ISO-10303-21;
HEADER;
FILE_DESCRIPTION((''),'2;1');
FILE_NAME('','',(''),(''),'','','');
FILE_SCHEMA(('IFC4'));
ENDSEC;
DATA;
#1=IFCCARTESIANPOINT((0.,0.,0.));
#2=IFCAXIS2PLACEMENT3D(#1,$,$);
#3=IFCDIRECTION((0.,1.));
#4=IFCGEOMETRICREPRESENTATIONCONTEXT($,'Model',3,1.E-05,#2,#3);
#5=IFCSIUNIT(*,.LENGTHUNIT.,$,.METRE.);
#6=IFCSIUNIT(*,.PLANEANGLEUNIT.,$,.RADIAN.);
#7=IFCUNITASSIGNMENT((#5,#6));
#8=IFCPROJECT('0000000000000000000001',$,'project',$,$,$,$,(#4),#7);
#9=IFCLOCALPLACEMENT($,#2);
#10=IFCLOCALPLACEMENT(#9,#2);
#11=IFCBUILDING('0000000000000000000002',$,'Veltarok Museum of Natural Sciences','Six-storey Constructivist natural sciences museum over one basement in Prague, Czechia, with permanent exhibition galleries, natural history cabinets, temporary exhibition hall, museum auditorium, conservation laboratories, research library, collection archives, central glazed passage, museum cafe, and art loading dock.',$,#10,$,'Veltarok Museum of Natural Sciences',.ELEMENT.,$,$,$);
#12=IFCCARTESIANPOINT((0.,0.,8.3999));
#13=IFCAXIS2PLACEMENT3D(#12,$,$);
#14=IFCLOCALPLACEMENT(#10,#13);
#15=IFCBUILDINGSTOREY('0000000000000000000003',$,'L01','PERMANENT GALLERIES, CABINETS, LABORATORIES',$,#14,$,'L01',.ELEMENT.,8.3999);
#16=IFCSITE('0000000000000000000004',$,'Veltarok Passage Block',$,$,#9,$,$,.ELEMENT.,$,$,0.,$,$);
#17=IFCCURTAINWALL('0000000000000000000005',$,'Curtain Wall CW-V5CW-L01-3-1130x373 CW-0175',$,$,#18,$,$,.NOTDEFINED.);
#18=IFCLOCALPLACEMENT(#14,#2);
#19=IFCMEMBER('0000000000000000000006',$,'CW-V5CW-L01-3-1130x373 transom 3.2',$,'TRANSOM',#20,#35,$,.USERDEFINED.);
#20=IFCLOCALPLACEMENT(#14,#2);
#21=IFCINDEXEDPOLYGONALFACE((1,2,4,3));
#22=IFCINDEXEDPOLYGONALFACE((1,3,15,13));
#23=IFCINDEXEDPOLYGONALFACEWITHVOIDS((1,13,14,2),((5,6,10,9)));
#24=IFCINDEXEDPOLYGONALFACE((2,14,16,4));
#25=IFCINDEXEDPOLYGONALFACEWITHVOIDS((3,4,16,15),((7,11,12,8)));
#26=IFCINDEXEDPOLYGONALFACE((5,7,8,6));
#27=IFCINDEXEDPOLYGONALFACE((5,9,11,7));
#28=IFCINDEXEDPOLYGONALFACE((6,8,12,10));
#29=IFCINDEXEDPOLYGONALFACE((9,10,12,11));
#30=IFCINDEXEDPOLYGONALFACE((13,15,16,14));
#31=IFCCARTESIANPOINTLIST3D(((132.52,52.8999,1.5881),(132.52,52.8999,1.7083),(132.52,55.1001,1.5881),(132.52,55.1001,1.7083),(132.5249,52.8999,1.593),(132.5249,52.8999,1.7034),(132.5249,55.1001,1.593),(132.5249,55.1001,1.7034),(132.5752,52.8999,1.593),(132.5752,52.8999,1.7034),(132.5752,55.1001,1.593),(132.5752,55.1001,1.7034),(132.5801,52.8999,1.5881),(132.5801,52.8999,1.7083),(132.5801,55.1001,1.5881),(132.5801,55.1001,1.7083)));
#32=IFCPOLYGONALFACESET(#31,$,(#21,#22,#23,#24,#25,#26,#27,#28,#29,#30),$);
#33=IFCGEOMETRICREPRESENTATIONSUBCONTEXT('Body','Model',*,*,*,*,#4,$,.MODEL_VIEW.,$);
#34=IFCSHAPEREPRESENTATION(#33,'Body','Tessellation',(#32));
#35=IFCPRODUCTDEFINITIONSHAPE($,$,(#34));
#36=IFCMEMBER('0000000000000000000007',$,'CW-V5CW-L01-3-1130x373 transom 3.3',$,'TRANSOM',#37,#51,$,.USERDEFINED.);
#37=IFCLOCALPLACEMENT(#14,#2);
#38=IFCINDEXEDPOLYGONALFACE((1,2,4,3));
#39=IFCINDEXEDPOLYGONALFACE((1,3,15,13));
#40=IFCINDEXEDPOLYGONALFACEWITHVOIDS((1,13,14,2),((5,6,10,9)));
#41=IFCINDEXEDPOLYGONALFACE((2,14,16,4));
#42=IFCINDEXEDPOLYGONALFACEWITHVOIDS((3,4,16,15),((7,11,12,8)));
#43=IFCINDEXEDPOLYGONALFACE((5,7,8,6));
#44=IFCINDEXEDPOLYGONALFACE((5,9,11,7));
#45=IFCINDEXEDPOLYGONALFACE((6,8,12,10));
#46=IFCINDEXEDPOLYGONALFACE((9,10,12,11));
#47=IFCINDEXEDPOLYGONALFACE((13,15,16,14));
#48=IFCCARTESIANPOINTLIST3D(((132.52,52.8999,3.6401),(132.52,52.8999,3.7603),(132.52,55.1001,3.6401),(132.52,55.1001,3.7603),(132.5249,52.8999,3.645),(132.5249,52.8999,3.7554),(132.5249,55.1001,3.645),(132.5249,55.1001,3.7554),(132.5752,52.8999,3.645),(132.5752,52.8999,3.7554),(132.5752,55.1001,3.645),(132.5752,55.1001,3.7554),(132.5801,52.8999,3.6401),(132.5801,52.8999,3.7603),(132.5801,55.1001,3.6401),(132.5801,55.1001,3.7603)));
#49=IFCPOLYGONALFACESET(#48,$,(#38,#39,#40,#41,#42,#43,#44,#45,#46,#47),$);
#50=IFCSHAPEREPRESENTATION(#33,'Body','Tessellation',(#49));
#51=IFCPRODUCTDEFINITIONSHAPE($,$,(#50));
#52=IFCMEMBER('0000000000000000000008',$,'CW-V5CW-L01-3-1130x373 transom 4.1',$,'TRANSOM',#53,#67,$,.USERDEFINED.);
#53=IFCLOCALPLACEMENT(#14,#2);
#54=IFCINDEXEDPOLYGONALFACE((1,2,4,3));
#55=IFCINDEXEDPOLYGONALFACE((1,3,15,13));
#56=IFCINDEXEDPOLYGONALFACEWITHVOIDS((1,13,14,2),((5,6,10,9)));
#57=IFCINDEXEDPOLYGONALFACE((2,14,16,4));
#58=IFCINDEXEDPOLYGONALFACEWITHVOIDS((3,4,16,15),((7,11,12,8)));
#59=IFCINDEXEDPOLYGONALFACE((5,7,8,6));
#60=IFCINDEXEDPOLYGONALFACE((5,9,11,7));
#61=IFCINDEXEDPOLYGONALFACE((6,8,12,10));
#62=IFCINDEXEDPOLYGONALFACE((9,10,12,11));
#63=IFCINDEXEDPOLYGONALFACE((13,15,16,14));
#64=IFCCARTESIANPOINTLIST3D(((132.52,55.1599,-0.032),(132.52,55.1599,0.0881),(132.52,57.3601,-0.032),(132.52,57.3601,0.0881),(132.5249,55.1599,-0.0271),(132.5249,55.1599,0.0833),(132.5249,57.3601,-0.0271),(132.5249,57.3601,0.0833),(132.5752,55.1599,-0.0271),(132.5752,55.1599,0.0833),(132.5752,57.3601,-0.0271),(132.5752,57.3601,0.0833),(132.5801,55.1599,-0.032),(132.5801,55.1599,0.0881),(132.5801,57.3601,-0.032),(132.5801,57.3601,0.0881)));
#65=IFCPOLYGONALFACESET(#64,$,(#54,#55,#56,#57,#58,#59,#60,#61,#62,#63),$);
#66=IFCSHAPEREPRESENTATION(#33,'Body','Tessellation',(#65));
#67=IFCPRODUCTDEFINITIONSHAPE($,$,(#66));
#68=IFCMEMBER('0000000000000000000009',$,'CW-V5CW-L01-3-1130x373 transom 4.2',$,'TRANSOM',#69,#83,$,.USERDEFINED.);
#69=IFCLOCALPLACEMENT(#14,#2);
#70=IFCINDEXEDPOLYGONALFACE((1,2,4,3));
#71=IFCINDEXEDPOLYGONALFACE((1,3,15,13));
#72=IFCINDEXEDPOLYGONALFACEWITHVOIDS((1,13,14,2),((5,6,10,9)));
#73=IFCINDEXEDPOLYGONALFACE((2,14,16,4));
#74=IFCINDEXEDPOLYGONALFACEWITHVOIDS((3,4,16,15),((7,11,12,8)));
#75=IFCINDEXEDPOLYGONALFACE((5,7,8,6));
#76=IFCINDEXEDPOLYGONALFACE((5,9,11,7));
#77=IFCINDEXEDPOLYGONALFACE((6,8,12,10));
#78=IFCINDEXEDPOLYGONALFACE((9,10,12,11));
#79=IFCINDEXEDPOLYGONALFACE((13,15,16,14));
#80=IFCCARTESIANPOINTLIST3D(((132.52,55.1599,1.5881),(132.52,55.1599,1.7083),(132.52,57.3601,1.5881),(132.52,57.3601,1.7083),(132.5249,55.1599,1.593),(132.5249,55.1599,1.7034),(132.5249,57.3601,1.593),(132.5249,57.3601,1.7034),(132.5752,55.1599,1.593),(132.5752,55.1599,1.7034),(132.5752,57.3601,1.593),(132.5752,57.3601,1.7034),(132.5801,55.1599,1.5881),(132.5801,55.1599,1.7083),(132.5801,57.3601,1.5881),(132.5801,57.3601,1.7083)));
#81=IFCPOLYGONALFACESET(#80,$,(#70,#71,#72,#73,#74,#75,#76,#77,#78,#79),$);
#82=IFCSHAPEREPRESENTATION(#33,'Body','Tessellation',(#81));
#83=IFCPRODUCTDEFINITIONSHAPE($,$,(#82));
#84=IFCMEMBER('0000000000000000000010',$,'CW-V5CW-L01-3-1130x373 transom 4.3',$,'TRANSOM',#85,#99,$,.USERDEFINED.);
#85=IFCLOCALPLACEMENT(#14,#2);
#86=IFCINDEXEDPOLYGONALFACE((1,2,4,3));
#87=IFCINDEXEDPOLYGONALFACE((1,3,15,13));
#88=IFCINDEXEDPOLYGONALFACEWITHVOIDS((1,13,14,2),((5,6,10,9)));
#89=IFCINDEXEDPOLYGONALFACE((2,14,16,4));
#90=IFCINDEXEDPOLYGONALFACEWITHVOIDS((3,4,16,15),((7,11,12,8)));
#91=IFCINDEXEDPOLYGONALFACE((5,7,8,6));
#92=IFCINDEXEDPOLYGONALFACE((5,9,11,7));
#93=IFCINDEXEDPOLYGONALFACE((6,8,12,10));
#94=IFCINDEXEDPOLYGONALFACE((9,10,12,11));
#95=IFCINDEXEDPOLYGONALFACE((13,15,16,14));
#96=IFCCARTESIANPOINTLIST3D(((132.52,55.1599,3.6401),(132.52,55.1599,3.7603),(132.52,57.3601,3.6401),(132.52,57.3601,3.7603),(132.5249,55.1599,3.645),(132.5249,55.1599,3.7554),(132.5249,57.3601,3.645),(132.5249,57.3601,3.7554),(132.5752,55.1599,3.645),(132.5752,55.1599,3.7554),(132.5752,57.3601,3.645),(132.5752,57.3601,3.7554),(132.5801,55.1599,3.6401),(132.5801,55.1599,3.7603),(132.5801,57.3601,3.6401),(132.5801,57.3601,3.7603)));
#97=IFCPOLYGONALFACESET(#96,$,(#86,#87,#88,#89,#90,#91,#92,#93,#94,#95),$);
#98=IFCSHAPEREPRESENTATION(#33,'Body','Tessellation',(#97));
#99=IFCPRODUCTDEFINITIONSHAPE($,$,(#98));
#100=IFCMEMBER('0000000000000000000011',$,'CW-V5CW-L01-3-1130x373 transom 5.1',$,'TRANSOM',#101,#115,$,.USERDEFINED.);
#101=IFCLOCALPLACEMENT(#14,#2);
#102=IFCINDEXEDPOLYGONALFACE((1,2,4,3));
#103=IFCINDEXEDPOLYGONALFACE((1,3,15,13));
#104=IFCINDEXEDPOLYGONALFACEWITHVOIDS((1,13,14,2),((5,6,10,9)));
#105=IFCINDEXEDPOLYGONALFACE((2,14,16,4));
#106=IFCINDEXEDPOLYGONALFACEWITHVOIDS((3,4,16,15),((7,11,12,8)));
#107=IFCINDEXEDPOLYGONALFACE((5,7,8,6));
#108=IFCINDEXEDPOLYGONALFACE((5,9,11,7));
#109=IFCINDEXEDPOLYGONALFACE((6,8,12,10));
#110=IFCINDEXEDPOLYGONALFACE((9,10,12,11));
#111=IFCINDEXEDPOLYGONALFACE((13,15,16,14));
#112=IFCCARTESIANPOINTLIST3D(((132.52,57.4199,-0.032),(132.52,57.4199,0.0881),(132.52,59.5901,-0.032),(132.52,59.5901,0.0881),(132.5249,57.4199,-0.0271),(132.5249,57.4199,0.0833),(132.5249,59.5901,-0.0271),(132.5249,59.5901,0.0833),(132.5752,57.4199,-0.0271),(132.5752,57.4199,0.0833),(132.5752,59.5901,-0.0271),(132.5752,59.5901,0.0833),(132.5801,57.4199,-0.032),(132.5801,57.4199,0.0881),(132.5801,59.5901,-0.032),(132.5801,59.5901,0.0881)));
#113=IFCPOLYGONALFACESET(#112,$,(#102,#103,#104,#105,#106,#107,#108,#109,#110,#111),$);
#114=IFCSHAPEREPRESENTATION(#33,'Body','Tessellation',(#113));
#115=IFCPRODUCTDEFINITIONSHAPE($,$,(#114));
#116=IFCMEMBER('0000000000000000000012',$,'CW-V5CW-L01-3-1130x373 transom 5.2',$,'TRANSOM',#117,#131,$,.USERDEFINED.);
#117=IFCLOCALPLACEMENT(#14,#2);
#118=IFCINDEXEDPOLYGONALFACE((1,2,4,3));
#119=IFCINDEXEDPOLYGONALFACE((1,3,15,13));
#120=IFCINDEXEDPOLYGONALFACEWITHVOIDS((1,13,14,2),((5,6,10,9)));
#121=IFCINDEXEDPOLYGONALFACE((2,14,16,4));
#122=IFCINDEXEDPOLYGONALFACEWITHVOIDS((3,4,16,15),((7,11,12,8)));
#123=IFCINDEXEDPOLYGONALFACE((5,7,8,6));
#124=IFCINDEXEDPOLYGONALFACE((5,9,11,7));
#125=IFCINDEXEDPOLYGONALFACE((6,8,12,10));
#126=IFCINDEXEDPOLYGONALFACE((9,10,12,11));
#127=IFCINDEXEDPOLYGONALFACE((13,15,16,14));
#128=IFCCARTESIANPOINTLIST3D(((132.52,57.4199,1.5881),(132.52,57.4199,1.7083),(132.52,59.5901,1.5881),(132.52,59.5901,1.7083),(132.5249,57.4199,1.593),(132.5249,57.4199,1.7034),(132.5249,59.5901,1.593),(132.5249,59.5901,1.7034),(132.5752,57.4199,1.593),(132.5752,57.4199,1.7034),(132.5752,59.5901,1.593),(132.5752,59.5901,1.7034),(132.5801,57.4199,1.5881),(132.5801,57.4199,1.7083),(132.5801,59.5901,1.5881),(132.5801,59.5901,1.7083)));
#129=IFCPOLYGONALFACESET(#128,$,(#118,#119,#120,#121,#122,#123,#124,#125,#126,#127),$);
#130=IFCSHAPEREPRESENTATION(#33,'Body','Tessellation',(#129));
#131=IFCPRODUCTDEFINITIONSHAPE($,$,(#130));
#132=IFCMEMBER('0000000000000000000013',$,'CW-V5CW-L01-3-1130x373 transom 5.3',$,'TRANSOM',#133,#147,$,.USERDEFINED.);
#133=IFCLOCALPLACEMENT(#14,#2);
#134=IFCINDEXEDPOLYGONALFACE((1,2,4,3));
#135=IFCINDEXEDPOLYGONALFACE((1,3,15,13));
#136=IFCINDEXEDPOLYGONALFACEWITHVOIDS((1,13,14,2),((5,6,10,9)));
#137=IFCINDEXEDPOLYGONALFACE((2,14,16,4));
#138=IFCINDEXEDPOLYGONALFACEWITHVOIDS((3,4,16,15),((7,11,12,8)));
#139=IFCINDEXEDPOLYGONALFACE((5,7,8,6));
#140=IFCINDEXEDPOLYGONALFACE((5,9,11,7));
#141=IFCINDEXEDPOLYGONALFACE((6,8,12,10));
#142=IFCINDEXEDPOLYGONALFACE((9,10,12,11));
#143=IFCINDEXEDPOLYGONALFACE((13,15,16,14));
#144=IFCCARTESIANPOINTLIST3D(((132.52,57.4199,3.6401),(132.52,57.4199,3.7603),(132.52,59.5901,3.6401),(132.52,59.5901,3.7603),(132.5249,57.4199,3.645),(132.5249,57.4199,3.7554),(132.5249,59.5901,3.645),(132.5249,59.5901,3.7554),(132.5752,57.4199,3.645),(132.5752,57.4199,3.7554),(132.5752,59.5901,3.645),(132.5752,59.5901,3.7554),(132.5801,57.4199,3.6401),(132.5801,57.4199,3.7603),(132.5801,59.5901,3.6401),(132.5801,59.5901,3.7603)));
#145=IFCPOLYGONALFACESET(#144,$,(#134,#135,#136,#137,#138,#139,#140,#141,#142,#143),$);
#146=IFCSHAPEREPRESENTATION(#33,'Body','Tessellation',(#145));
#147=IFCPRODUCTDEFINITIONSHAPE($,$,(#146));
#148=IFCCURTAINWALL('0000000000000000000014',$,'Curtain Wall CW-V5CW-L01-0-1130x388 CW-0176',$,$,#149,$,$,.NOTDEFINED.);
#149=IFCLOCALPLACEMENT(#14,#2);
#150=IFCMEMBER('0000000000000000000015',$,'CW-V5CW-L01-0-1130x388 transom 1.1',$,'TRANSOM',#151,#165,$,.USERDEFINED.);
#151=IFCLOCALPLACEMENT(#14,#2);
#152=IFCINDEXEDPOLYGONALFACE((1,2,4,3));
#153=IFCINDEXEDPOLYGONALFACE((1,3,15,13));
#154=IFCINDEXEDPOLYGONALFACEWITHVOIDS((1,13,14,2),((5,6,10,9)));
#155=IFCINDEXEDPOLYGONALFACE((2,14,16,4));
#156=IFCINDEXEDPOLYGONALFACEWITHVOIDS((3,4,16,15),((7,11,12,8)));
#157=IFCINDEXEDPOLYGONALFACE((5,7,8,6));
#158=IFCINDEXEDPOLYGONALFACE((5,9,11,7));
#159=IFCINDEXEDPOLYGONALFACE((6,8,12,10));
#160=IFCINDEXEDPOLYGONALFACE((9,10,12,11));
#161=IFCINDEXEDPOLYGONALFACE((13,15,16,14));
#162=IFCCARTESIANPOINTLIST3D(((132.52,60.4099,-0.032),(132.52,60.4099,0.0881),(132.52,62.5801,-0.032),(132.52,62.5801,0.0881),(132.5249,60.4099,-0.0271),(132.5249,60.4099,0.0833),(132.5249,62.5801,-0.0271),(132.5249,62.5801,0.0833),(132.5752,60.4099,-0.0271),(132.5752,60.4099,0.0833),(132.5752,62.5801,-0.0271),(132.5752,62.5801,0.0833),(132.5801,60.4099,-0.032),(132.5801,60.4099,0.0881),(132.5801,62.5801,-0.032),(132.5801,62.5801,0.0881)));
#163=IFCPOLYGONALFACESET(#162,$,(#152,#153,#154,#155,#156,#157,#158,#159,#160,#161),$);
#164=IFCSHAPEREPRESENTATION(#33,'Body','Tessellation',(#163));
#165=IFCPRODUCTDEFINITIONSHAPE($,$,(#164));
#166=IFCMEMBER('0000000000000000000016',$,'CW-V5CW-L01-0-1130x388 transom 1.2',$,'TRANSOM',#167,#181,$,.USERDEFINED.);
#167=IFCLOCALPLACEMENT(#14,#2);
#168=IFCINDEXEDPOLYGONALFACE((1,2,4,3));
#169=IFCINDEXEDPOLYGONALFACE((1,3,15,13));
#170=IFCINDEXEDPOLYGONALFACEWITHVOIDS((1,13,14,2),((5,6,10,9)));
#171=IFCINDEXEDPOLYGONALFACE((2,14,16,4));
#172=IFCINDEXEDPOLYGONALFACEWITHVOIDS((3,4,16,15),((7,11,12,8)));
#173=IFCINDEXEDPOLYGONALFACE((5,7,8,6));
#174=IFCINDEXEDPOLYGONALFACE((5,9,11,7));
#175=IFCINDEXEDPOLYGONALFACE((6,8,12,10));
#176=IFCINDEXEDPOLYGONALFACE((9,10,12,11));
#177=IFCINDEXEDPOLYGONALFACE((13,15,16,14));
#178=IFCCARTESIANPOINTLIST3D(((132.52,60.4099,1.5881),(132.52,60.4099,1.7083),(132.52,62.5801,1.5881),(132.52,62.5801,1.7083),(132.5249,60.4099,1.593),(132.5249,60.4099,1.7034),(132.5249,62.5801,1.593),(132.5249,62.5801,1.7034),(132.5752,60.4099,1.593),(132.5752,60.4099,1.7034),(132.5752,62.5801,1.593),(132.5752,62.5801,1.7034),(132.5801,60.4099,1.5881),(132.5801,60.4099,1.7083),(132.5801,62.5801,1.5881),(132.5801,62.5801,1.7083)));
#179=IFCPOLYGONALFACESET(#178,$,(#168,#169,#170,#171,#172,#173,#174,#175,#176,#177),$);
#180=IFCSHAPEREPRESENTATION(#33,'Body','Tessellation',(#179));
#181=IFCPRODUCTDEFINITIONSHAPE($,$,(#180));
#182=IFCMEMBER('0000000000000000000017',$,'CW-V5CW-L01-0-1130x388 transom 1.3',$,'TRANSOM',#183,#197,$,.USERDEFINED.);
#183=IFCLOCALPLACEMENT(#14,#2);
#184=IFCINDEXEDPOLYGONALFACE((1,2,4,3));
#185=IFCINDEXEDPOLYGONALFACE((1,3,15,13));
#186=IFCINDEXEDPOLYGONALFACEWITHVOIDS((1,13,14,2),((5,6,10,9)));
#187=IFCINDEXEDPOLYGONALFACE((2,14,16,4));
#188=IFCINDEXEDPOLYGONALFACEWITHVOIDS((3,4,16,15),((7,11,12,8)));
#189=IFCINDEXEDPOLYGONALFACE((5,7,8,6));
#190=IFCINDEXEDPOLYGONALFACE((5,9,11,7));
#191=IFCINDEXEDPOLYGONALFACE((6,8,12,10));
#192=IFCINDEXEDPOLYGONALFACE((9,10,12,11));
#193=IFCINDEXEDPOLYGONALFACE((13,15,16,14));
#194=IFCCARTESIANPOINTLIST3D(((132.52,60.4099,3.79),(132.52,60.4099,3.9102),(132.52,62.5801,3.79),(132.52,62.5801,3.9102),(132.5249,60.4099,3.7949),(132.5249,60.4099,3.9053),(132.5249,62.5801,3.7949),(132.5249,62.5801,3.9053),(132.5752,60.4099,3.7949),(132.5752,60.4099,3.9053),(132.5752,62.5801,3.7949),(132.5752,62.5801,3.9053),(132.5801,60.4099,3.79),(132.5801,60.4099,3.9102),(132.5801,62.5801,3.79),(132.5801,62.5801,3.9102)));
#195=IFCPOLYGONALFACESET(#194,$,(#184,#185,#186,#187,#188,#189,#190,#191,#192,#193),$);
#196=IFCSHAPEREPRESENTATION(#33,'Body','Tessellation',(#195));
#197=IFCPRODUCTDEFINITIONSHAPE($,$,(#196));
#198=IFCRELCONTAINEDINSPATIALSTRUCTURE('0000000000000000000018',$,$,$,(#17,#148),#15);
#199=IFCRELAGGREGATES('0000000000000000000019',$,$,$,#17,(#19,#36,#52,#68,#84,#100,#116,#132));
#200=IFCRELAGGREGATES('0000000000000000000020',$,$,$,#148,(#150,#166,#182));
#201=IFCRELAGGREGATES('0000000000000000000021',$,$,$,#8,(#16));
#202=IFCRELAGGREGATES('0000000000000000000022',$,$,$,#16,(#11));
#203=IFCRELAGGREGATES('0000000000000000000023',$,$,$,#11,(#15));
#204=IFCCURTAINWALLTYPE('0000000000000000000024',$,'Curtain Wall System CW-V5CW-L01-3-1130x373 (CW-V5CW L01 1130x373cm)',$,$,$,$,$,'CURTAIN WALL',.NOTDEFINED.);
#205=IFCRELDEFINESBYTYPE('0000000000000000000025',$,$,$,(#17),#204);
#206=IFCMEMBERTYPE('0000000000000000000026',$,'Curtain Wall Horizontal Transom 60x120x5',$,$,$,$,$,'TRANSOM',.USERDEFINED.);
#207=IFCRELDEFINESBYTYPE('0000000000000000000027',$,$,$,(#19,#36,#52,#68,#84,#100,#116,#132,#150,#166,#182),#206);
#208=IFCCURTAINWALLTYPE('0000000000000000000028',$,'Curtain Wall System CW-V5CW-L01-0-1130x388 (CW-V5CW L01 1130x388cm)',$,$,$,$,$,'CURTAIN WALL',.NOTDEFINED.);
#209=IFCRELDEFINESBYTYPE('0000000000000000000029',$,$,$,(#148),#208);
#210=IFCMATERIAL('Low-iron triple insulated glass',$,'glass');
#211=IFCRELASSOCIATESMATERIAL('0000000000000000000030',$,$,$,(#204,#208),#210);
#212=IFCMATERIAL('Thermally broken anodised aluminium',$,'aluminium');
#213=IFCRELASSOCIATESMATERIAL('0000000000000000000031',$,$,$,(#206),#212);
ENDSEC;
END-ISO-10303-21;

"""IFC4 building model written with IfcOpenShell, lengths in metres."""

from ifc_helpers import new_model, si_unit, direction, frame, origin, origin_2d, place, context, subcontext, project, spatial, hollow_rectangle, extrude, material, material_profile, profile_set, type_object, element, aggregate, save


model = new_model("IFC4")

# Units and contexts
model_context = context("Model", 3, precision=1e-05, world=origin(), true_north=direction((0.0, 1.0)))
body_context = subcontext(model_context, "Body", "Model", "MODEL_VIEW")
ifc_project = project(units=[si_unit("LENGTHUNIT", "METRE"), si_unit("PLANEANGLEUNIT", "RADIAN")], contexts=[model_context])

# Site, building, storey
site_placement = place(None, origin())
site = spatial("IfcSite", under=ifc_project, at=site_placement, Name="Veltarok Passage Block", CompositionType="ELEMENT", RefElevation=0.0)
building_placement = place(site_placement, origin())
building = spatial("IfcBuilding", under=site, at=building_placement, Name="Veltarok Museum of Natural Sciences", Description="Six-storey Constructivist natural sciences museum over one basement in Prague, Czechia, with permanent exhibition galleries, natural history cabinets, temporary exhibition hall, museum auditorium, conservation laboratories, research library, collection archives, central glazed passage, museum cafe, and art loading dock.", LongName="Veltarok Museum of Natural Sciences", CompositionType="ELEMENT")
storey_placement = place(building_placement, frame((0.0, 0.0, 8.3999)))
storey = spatial("IfcBuildingStorey", under=building, at=storey_placement, Name="L01", Description="PERMANENT GALLERIES, CABINETS, LABORATORIES", LongName="L01", CompositionType="ELEMENT", Elevation=8.3999)

# Curtain walls, members
ifc_material_1 = material(Name="Low-iron triple insulated glass", Category="glass")
curtain_wall_type_1 = type_object("IfcCurtainWallType", Name="Curtain Wall System CW-V5CW-L01-3-1130x373 (CW-V5CW L01 1130x373cm)", ElementType="CURTAIN WALL", PredefinedType="NOTDEFINED", material=ifc_material_1)
curtain_wall_1_placement = place(storey_placement, origin())
curtain_wall_1 = element("IfcCurtainWall", 1, at=curtain_wall_1_placement, inside=storey, type_object=curtain_wall_type_1, Name="Curtain Wall CW-V5CW-L01-3-1130x373 CW-0175", PredefinedType="NOTDEFINED")
ifc_material_2 = material(Name="Thermally broken anodised aluminium", Category="aluminium")
ifc_material_profile_1 = material_profile(ifc_material_2, hollow_rectangle(XDim=0.0601, YDim=0.1201, WallThickness=0.0049, at=origin_2d()), Name="CW TRANSOM 60x120x5")
ifc_profile_set_1 = profile_set([ifc_material_profile_1], Name="Thermally broken anodised aluminium")
member_type_1 = type_object("IfcMemberType", Name="Curtain Wall Horizontal Transom 60x120x5", ElementType="TRANSOM", PredefinedType="USERDEFINED", material=ifc_profile_set_1)
member_1_placement = place(storey_placement, frame((132.55, 52.8999, 1.6482), z_axis=(0.0, 1.0, 0.0), x_axis=(-1.0, 0.0, 0.0)))
member_1 = element("IfcMember", 2, at=member_1_placement, type_object=member_type_1, Name="CW-V5CW-L01-3-1130x373 transom 3.2", ObjectType="TRANSOM", PredefinedType="USERDEFINED", context=body_context, shape_type="SweptSolid", body=[
    extrude(hollow_rectangle(XDim=0.0601, YDim=0.1201, WallThickness=0.0049, at=origin_2d()), origin(), (0.0, 0.0, 1.0), 2.2002),
])
member_2_placement = place(storey_placement, frame((132.55, 52.8999, 3.7002), z_axis=(0.0, 1.0, 0.0), x_axis=(-1.0, 0.0, 0.0)))
member_2 = element("IfcMember", 3, at=member_2_placement, type_object=member_type_1, Name="CW-V5CW-L01-3-1130x373 transom 3.3", ObjectType="TRANSOM", PredefinedType="USERDEFINED", context=body_context, shape_type="SweptSolid", body=[
    extrude(hollow_rectangle(XDim=0.0601, YDim=0.1201, WallThickness=0.0049, at=origin_2d()), origin(), (0.0, 0.0, 1.0), 2.2002),
])
member_3_placement = place(storey_placement, frame((132.55, 55.1599, 0.0281), z_axis=(0.0, 1.0, 0.0), x_axis=(-1.0, 0.0, 0.0)))
member_3 = element("IfcMember", 4, at=member_3_placement, type_object=member_type_1, Name="CW-V5CW-L01-3-1130x373 transom 4.1", ObjectType="TRANSOM", PredefinedType="USERDEFINED", context=body_context, shape_type="SweptSolid", body=[
    extrude(hollow_rectangle(XDim=0.0601, YDim=0.1201, WallThickness=0.0049, at=origin_2d()), origin(), (0.0, 0.0, 1.0), 2.2002),
])
member_4_placement = place(storey_placement, frame((132.55, 55.1599, 1.6482), z_axis=(0.0, 1.0, 0.0), x_axis=(-1.0, 0.0, 0.0)))
member_4 = element("IfcMember", 5, at=member_4_placement, type_object=member_type_1, Name="CW-V5CW-L01-3-1130x373 transom 4.2", ObjectType="TRANSOM", PredefinedType="USERDEFINED", context=body_context, shape_type="SweptSolid", body=[
    extrude(hollow_rectangle(XDim=0.0601, YDim=0.1201, WallThickness=0.0049, at=origin_2d()), origin(), (0.0, 0.0, 1.0), 2.2002),
])
member_5_placement = place(storey_placement, frame((132.55, 55.1599, 3.7002), z_axis=(0.0, 1.0, 0.0), x_axis=(-1.0, 0.0, 0.0)))
member_5 = element("IfcMember", 6, at=member_5_placement, type_object=member_type_1, Name="CW-V5CW-L01-3-1130x373 transom 4.3", ObjectType="TRANSOM", PredefinedType="USERDEFINED", context=body_context, shape_type="SweptSolid", body=[
    extrude(hollow_rectangle(XDim=0.0601, YDim=0.1201, WallThickness=0.0049, at=origin_2d()), origin(), (0.0, 0.0, 1.0), 2.2002),
])
member_6_placement = place(storey_placement, frame((132.55, 57.4199, 0.0281), z_axis=(0.0, 1.0, 0.0), x_axis=(-1.0, 0.0, 0.0)))
member_6 = element("IfcMember", 7, at=member_6_placement, type_object=member_type_1, Name="CW-V5CW-L01-3-1130x373 transom 5.1", ObjectType="TRANSOM", PredefinedType="USERDEFINED", context=body_context, shape_type="SweptSolid", body=[
    extrude(hollow_rectangle(XDim=0.0601, YDim=0.1201, WallThickness=0.0049, at=origin_2d()), origin(), (0.0, 0.0, 1.0), 2.1702),
])
member_7_placement = place(storey_placement, frame((132.55, 57.4199, 1.6482), z_axis=(0.0, 1.0, 0.0), x_axis=(-1.0, 0.0, 0.0)))
member_7 = element("IfcMember", 8, at=member_7_placement, type_object=member_type_1, Name="CW-V5CW-L01-3-1130x373 transom 5.2", ObjectType="TRANSOM", PredefinedType="USERDEFINED", context=body_context, shape_type="SweptSolid", body=[
    extrude(hollow_rectangle(XDim=0.0601, YDim=0.1201, WallThickness=0.0049, at=origin_2d()), origin(), (0.0, 0.0, 1.0), 2.1702),
])
member_8_placement = place(storey_placement, frame((132.55, 57.4199, 3.7002), z_axis=(0.0, 1.0, 0.0), x_axis=(-1.0, 0.0, 0.0)))
member_8 = element("IfcMember", 9, at=member_8_placement, type_object=member_type_1, Name="CW-V5CW-L01-3-1130x373 transom 5.3", ObjectType="TRANSOM", PredefinedType="USERDEFINED", context=body_context, shape_type="SweptSolid", body=[
    extrude(hollow_rectangle(XDim=0.0601, YDim=0.1201, WallThickness=0.0049, at=origin_2d()), origin(), (0.0, 0.0, 1.0), 2.1702),
])
curtain_wall_type_2 = type_object("IfcCurtainWallType", Name="Curtain Wall System CW-V5CW-L01-0-1130x388 (CW-V5CW L01 1130x388cm)", ElementType="CURTAIN WALL", PredefinedType="NOTDEFINED", material=ifc_material_1)
curtain_wall_2_placement = place(storey_placement, origin())
curtain_wall_2 = element("IfcCurtainWall", 10, at=curtain_wall_2_placement, inside=storey, type_object=curtain_wall_type_2, Name="Curtain Wall CW-V5CW-L01-0-1130x388 CW-0176", PredefinedType="NOTDEFINED")
member_9_placement = place(storey_placement, frame((132.55, 60.4099, 0.0281), z_axis=(0.0, 1.0, 0.0), x_axis=(-1.0, 0.0, 0.0)))
member_9 = element("IfcMember", 11, at=member_9_placement, type_object=member_type_1, Name="CW-V5CW-L01-0-1130x388 transom 1.1", ObjectType="TRANSOM", PredefinedType="USERDEFINED", context=body_context, shape_type="SweptSolid", body=[
    extrude(hollow_rectangle(XDim=0.0601, YDim=0.1201, WallThickness=0.0049, at=origin_2d()), origin(), (0.0, 0.0, 1.0), 2.1702),
])
member_10_placement = place(storey_placement, frame((132.55, 60.4099, 1.6482), z_axis=(0.0, 1.0, 0.0), x_axis=(-1.0, 0.0, 0.0)))
member_10 = element("IfcMember", 12, at=member_10_placement, type_object=member_type_1, Name="CW-V5CW-L01-0-1130x388 transom 1.2", ObjectType="TRANSOM", PredefinedType="USERDEFINED", context=body_context, shape_type="SweptSolid", body=[
    extrude(hollow_rectangle(XDim=0.0601, YDim=0.1201, WallThickness=0.0049, at=origin_2d()), origin(), (0.0, 0.0, 1.0), 2.1702),
])
member_11_placement = place(storey_placement, frame((132.55, 60.4099, 3.8501), z_axis=(0.0, 1.0, 0.0), x_axis=(-1.0, 0.0, 0.0)))
member_11 = element("IfcMember", 13, at=member_11_placement, type_object=member_type_1, Name="CW-V5CW-L01-0-1130x388 transom 1.3", ObjectType="TRANSOM", PredefinedType="USERDEFINED", context=body_context, shape_type="SweptSolid", body=[
    extrude(hollow_rectangle(XDim=0.0601, YDim=0.1201, WallThickness=0.0049, at=origin_2d()), origin(), (0.0, 0.0, 1.0), 2.1702),
])

aggregate(curtain_wall_1, [member_1, member_2, member_3, member_4, member_5, member_6, member_7, member_8])
aggregate(curtain_wall_2, [member_9, member_10, member_11])

save(model, "model.ifc")
